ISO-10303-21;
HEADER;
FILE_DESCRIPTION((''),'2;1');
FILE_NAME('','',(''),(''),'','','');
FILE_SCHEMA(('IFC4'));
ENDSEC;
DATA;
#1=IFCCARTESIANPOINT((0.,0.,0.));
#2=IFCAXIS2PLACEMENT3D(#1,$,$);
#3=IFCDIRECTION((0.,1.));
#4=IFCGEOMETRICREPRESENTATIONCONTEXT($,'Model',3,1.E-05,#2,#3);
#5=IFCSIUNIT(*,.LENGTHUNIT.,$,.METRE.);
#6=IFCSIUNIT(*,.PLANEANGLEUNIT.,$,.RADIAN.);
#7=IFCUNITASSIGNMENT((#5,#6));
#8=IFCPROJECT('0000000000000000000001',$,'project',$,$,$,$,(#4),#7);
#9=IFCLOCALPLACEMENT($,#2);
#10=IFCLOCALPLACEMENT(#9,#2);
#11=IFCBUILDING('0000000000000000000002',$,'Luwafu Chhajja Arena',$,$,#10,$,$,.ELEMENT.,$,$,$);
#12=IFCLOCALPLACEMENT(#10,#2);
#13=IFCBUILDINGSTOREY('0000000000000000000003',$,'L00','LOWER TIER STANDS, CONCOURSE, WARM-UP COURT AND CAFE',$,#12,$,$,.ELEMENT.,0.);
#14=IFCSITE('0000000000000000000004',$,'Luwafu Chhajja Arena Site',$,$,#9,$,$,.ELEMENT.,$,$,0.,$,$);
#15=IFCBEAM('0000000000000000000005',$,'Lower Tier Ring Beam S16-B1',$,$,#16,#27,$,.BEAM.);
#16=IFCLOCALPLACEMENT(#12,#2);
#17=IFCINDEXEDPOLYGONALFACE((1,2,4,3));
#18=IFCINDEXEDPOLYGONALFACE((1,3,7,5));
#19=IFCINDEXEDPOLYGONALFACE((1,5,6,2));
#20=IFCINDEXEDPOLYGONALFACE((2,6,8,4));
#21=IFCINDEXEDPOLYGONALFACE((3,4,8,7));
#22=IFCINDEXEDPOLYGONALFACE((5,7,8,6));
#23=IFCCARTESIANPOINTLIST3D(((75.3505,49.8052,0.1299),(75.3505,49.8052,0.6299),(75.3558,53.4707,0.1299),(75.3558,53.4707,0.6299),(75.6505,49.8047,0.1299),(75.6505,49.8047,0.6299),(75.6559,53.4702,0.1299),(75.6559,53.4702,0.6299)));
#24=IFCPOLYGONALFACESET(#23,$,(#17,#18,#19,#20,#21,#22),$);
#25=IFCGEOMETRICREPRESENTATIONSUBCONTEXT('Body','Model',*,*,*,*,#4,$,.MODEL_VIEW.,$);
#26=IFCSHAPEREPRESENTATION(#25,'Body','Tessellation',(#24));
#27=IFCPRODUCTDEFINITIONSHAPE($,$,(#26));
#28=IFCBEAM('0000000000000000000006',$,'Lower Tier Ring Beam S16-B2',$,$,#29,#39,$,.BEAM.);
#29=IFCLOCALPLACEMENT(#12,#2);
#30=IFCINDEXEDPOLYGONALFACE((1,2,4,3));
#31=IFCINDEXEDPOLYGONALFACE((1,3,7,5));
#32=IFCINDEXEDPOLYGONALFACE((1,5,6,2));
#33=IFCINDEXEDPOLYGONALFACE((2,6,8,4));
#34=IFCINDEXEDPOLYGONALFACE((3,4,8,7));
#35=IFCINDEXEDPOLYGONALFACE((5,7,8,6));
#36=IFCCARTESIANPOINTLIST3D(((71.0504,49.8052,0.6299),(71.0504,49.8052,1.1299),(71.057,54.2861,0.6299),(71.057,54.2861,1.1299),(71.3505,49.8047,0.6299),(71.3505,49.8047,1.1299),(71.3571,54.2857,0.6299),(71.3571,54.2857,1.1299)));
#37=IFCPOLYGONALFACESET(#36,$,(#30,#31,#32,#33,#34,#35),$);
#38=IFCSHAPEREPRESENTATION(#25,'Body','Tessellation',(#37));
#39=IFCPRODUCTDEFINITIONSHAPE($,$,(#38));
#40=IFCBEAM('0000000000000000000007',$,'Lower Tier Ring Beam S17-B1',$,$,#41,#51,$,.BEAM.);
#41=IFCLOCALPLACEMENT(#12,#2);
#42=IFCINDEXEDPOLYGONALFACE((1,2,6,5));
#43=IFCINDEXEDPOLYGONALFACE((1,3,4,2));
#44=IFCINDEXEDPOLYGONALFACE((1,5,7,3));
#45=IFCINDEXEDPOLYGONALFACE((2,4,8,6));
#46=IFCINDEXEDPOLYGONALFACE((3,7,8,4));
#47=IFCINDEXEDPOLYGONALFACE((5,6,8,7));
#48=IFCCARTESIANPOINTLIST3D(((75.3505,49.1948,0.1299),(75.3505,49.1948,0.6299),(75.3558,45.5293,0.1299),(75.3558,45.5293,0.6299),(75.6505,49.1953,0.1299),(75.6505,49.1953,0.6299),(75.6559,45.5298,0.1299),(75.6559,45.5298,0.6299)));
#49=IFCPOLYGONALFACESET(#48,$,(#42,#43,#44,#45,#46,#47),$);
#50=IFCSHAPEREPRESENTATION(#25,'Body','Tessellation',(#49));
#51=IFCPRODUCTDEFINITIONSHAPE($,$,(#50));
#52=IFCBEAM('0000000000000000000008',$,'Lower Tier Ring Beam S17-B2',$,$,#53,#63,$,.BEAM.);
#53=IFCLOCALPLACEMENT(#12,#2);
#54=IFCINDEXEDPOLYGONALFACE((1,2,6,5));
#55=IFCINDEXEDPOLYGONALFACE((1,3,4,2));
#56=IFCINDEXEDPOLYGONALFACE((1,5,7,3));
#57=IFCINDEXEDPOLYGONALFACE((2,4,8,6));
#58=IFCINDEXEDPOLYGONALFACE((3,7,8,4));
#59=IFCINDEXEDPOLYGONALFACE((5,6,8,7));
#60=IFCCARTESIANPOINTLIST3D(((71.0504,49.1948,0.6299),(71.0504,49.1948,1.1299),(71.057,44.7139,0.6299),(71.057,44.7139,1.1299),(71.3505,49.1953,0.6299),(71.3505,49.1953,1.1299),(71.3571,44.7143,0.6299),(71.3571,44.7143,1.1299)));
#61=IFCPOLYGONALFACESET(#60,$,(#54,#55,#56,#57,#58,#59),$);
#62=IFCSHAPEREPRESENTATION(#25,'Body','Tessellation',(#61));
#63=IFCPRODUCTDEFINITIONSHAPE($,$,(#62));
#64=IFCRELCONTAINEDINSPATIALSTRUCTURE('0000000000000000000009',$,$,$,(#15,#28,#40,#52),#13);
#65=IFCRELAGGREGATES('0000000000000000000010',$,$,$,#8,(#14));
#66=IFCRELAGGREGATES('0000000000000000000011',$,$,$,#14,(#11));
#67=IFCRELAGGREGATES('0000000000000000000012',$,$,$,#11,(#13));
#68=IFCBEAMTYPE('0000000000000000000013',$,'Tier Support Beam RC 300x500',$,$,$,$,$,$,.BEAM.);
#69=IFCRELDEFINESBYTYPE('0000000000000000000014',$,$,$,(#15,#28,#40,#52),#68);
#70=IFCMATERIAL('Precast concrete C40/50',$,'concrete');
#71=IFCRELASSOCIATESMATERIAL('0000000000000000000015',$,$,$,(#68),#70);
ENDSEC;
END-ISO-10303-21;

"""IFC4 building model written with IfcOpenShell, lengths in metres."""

from ifc_helpers import new_model, si_unit, direction, frame, origin, origin_2d, place, context, subcontext, project, spatial, rectangle, extrude, material, material_profile, profile_set, type_object, element, save


model = new_model("IFC4")

# Units and contexts
model_context = context("Model", 3, precision=1e-05, world=origin(), true_north=direction((0.0, 1.0)))
body_context = subcontext(model_context, "Body", "Model", "MODEL_VIEW")
ifc_project = project(units=[si_unit("LENGTHUNIT", "METRE"), si_unit("PLANEANGLEUNIT", "RADIAN")], contexts=[model_context])

# Site, building, storey
site_placement = place(None, origin())
site = spatial("IfcSite", under=ifc_project, at=site_placement, Name="Luwafu Chhajja Arena Site", CompositionType="ELEMENT", RefElevation=0.0)
building_placement = place(site_placement, origin())
building = spatial("IfcBuilding", under=site, at=building_placement, Name="Luwafu Chhajja Arena", CompositionType="ELEMENT")
storey_placement = place(building_placement, origin())
storey = spatial("IfcBuildingStorey", under=building, at=storey_placement, Name="L00", Description="LOWER TIER STANDS, CONCOURSE, WARM-UP COURT AND CAFE", CompositionType="ELEMENT", Elevation=0.0)

# Beams
ifc_material_1 = material(Name="Precast concrete C40/50", Category="concrete")
ifc_material_profile_1 = material_profile(ifc_material_1, rectangle(XDim=0.3, YDim=0.5, at=origin_2d()), Name="RC 300x500")
ifc_profile_set_1 = profile_set([ifc_material_profile_1], Name="Precast concrete C40/50")
beam_type_1 = type_object("IfcBeamType", Name="Tier Support Beam RC 300x500", PredefinedType="BEAM", material=ifc_profile_set_1)
beam_1_placement = place(storey_placement, frame((75.5059, 53.4705, 0.3799), z_axis=(-0.001465, -0.999999, 0.0), x_axis=(0.999999, -0.001465, 0.0)))
element("IfcBeam", 1, at=beam_1_placement, inside=storey, type_object=beam_type_1, Name="Lower Tier Ring Beam S16-B1", PredefinedType="BEAM", context=body_context, shape_type="SweptSolid", body=[
    extrude(rectangle(XDim=0.3, YDim=0.5, at=origin_2d()), origin(), (0.0, 0.0, 1.0), 3.6655),
])
beam_2_placement = place(storey_placement, frame((71.207, 54.2859, 0.8799), z_axis=(-0.001471, -0.999999, 0.0), x_axis=(0.999999, -0.001471, 0.0)))
element("IfcBeam", 2, at=beam_2_placement, inside=storey, type_object=beam_type_1, Name="Lower Tier Ring Beam S16-B2", PredefinedType="BEAM", context=body_context, shape_type="SweptSolid", body=[
    extrude(rectangle(XDim=0.3, YDim=0.5, at=origin_2d()), origin(), (0.0, 0.0, 1.0), 4.481),
])
beam_3_placement = place(storey_placement, frame((75.5005, 49.1951, 0.3799), z_axis=(0.001465, -0.999999, 0.0), x_axis=(0.999999, 0.001465, 0.0)))
element("IfcBeam", 3, at=beam_3_placement, inside=storey, type_object=beam_type_1, Name="Lower Tier Ring Beam S17-B1", PredefinedType="BEAM", context=body_context, shape_type="SweptSolid", body=[
    extrude(rectangle(XDim=0.3, YDim=0.5, at=origin_2d()), origin(), (0.0, 0.0, 1.0), 3.6655),
])
beam_4_placement = place(storey_placement, frame((71.2004, 49.1951, 0.8799), z_axis=(0.001471, -0.999999, 0.0), x_axis=(0.999999, 0.001471, 0.0)))
element("IfcBeam", 4, at=beam_4_placement, inside=storey, type_object=beam_type_1, Name="Lower Tier Ring Beam S17-B2", PredefinedType="BEAM", context=body_context, shape_type="SweptSolid", body=[
    extrude(rectangle(XDim=0.3, YDim=0.5, at=origin_2d()), origin(), (0.0, 0.0, 1.0), 4.481),
])

save(model, "model.ifc")
